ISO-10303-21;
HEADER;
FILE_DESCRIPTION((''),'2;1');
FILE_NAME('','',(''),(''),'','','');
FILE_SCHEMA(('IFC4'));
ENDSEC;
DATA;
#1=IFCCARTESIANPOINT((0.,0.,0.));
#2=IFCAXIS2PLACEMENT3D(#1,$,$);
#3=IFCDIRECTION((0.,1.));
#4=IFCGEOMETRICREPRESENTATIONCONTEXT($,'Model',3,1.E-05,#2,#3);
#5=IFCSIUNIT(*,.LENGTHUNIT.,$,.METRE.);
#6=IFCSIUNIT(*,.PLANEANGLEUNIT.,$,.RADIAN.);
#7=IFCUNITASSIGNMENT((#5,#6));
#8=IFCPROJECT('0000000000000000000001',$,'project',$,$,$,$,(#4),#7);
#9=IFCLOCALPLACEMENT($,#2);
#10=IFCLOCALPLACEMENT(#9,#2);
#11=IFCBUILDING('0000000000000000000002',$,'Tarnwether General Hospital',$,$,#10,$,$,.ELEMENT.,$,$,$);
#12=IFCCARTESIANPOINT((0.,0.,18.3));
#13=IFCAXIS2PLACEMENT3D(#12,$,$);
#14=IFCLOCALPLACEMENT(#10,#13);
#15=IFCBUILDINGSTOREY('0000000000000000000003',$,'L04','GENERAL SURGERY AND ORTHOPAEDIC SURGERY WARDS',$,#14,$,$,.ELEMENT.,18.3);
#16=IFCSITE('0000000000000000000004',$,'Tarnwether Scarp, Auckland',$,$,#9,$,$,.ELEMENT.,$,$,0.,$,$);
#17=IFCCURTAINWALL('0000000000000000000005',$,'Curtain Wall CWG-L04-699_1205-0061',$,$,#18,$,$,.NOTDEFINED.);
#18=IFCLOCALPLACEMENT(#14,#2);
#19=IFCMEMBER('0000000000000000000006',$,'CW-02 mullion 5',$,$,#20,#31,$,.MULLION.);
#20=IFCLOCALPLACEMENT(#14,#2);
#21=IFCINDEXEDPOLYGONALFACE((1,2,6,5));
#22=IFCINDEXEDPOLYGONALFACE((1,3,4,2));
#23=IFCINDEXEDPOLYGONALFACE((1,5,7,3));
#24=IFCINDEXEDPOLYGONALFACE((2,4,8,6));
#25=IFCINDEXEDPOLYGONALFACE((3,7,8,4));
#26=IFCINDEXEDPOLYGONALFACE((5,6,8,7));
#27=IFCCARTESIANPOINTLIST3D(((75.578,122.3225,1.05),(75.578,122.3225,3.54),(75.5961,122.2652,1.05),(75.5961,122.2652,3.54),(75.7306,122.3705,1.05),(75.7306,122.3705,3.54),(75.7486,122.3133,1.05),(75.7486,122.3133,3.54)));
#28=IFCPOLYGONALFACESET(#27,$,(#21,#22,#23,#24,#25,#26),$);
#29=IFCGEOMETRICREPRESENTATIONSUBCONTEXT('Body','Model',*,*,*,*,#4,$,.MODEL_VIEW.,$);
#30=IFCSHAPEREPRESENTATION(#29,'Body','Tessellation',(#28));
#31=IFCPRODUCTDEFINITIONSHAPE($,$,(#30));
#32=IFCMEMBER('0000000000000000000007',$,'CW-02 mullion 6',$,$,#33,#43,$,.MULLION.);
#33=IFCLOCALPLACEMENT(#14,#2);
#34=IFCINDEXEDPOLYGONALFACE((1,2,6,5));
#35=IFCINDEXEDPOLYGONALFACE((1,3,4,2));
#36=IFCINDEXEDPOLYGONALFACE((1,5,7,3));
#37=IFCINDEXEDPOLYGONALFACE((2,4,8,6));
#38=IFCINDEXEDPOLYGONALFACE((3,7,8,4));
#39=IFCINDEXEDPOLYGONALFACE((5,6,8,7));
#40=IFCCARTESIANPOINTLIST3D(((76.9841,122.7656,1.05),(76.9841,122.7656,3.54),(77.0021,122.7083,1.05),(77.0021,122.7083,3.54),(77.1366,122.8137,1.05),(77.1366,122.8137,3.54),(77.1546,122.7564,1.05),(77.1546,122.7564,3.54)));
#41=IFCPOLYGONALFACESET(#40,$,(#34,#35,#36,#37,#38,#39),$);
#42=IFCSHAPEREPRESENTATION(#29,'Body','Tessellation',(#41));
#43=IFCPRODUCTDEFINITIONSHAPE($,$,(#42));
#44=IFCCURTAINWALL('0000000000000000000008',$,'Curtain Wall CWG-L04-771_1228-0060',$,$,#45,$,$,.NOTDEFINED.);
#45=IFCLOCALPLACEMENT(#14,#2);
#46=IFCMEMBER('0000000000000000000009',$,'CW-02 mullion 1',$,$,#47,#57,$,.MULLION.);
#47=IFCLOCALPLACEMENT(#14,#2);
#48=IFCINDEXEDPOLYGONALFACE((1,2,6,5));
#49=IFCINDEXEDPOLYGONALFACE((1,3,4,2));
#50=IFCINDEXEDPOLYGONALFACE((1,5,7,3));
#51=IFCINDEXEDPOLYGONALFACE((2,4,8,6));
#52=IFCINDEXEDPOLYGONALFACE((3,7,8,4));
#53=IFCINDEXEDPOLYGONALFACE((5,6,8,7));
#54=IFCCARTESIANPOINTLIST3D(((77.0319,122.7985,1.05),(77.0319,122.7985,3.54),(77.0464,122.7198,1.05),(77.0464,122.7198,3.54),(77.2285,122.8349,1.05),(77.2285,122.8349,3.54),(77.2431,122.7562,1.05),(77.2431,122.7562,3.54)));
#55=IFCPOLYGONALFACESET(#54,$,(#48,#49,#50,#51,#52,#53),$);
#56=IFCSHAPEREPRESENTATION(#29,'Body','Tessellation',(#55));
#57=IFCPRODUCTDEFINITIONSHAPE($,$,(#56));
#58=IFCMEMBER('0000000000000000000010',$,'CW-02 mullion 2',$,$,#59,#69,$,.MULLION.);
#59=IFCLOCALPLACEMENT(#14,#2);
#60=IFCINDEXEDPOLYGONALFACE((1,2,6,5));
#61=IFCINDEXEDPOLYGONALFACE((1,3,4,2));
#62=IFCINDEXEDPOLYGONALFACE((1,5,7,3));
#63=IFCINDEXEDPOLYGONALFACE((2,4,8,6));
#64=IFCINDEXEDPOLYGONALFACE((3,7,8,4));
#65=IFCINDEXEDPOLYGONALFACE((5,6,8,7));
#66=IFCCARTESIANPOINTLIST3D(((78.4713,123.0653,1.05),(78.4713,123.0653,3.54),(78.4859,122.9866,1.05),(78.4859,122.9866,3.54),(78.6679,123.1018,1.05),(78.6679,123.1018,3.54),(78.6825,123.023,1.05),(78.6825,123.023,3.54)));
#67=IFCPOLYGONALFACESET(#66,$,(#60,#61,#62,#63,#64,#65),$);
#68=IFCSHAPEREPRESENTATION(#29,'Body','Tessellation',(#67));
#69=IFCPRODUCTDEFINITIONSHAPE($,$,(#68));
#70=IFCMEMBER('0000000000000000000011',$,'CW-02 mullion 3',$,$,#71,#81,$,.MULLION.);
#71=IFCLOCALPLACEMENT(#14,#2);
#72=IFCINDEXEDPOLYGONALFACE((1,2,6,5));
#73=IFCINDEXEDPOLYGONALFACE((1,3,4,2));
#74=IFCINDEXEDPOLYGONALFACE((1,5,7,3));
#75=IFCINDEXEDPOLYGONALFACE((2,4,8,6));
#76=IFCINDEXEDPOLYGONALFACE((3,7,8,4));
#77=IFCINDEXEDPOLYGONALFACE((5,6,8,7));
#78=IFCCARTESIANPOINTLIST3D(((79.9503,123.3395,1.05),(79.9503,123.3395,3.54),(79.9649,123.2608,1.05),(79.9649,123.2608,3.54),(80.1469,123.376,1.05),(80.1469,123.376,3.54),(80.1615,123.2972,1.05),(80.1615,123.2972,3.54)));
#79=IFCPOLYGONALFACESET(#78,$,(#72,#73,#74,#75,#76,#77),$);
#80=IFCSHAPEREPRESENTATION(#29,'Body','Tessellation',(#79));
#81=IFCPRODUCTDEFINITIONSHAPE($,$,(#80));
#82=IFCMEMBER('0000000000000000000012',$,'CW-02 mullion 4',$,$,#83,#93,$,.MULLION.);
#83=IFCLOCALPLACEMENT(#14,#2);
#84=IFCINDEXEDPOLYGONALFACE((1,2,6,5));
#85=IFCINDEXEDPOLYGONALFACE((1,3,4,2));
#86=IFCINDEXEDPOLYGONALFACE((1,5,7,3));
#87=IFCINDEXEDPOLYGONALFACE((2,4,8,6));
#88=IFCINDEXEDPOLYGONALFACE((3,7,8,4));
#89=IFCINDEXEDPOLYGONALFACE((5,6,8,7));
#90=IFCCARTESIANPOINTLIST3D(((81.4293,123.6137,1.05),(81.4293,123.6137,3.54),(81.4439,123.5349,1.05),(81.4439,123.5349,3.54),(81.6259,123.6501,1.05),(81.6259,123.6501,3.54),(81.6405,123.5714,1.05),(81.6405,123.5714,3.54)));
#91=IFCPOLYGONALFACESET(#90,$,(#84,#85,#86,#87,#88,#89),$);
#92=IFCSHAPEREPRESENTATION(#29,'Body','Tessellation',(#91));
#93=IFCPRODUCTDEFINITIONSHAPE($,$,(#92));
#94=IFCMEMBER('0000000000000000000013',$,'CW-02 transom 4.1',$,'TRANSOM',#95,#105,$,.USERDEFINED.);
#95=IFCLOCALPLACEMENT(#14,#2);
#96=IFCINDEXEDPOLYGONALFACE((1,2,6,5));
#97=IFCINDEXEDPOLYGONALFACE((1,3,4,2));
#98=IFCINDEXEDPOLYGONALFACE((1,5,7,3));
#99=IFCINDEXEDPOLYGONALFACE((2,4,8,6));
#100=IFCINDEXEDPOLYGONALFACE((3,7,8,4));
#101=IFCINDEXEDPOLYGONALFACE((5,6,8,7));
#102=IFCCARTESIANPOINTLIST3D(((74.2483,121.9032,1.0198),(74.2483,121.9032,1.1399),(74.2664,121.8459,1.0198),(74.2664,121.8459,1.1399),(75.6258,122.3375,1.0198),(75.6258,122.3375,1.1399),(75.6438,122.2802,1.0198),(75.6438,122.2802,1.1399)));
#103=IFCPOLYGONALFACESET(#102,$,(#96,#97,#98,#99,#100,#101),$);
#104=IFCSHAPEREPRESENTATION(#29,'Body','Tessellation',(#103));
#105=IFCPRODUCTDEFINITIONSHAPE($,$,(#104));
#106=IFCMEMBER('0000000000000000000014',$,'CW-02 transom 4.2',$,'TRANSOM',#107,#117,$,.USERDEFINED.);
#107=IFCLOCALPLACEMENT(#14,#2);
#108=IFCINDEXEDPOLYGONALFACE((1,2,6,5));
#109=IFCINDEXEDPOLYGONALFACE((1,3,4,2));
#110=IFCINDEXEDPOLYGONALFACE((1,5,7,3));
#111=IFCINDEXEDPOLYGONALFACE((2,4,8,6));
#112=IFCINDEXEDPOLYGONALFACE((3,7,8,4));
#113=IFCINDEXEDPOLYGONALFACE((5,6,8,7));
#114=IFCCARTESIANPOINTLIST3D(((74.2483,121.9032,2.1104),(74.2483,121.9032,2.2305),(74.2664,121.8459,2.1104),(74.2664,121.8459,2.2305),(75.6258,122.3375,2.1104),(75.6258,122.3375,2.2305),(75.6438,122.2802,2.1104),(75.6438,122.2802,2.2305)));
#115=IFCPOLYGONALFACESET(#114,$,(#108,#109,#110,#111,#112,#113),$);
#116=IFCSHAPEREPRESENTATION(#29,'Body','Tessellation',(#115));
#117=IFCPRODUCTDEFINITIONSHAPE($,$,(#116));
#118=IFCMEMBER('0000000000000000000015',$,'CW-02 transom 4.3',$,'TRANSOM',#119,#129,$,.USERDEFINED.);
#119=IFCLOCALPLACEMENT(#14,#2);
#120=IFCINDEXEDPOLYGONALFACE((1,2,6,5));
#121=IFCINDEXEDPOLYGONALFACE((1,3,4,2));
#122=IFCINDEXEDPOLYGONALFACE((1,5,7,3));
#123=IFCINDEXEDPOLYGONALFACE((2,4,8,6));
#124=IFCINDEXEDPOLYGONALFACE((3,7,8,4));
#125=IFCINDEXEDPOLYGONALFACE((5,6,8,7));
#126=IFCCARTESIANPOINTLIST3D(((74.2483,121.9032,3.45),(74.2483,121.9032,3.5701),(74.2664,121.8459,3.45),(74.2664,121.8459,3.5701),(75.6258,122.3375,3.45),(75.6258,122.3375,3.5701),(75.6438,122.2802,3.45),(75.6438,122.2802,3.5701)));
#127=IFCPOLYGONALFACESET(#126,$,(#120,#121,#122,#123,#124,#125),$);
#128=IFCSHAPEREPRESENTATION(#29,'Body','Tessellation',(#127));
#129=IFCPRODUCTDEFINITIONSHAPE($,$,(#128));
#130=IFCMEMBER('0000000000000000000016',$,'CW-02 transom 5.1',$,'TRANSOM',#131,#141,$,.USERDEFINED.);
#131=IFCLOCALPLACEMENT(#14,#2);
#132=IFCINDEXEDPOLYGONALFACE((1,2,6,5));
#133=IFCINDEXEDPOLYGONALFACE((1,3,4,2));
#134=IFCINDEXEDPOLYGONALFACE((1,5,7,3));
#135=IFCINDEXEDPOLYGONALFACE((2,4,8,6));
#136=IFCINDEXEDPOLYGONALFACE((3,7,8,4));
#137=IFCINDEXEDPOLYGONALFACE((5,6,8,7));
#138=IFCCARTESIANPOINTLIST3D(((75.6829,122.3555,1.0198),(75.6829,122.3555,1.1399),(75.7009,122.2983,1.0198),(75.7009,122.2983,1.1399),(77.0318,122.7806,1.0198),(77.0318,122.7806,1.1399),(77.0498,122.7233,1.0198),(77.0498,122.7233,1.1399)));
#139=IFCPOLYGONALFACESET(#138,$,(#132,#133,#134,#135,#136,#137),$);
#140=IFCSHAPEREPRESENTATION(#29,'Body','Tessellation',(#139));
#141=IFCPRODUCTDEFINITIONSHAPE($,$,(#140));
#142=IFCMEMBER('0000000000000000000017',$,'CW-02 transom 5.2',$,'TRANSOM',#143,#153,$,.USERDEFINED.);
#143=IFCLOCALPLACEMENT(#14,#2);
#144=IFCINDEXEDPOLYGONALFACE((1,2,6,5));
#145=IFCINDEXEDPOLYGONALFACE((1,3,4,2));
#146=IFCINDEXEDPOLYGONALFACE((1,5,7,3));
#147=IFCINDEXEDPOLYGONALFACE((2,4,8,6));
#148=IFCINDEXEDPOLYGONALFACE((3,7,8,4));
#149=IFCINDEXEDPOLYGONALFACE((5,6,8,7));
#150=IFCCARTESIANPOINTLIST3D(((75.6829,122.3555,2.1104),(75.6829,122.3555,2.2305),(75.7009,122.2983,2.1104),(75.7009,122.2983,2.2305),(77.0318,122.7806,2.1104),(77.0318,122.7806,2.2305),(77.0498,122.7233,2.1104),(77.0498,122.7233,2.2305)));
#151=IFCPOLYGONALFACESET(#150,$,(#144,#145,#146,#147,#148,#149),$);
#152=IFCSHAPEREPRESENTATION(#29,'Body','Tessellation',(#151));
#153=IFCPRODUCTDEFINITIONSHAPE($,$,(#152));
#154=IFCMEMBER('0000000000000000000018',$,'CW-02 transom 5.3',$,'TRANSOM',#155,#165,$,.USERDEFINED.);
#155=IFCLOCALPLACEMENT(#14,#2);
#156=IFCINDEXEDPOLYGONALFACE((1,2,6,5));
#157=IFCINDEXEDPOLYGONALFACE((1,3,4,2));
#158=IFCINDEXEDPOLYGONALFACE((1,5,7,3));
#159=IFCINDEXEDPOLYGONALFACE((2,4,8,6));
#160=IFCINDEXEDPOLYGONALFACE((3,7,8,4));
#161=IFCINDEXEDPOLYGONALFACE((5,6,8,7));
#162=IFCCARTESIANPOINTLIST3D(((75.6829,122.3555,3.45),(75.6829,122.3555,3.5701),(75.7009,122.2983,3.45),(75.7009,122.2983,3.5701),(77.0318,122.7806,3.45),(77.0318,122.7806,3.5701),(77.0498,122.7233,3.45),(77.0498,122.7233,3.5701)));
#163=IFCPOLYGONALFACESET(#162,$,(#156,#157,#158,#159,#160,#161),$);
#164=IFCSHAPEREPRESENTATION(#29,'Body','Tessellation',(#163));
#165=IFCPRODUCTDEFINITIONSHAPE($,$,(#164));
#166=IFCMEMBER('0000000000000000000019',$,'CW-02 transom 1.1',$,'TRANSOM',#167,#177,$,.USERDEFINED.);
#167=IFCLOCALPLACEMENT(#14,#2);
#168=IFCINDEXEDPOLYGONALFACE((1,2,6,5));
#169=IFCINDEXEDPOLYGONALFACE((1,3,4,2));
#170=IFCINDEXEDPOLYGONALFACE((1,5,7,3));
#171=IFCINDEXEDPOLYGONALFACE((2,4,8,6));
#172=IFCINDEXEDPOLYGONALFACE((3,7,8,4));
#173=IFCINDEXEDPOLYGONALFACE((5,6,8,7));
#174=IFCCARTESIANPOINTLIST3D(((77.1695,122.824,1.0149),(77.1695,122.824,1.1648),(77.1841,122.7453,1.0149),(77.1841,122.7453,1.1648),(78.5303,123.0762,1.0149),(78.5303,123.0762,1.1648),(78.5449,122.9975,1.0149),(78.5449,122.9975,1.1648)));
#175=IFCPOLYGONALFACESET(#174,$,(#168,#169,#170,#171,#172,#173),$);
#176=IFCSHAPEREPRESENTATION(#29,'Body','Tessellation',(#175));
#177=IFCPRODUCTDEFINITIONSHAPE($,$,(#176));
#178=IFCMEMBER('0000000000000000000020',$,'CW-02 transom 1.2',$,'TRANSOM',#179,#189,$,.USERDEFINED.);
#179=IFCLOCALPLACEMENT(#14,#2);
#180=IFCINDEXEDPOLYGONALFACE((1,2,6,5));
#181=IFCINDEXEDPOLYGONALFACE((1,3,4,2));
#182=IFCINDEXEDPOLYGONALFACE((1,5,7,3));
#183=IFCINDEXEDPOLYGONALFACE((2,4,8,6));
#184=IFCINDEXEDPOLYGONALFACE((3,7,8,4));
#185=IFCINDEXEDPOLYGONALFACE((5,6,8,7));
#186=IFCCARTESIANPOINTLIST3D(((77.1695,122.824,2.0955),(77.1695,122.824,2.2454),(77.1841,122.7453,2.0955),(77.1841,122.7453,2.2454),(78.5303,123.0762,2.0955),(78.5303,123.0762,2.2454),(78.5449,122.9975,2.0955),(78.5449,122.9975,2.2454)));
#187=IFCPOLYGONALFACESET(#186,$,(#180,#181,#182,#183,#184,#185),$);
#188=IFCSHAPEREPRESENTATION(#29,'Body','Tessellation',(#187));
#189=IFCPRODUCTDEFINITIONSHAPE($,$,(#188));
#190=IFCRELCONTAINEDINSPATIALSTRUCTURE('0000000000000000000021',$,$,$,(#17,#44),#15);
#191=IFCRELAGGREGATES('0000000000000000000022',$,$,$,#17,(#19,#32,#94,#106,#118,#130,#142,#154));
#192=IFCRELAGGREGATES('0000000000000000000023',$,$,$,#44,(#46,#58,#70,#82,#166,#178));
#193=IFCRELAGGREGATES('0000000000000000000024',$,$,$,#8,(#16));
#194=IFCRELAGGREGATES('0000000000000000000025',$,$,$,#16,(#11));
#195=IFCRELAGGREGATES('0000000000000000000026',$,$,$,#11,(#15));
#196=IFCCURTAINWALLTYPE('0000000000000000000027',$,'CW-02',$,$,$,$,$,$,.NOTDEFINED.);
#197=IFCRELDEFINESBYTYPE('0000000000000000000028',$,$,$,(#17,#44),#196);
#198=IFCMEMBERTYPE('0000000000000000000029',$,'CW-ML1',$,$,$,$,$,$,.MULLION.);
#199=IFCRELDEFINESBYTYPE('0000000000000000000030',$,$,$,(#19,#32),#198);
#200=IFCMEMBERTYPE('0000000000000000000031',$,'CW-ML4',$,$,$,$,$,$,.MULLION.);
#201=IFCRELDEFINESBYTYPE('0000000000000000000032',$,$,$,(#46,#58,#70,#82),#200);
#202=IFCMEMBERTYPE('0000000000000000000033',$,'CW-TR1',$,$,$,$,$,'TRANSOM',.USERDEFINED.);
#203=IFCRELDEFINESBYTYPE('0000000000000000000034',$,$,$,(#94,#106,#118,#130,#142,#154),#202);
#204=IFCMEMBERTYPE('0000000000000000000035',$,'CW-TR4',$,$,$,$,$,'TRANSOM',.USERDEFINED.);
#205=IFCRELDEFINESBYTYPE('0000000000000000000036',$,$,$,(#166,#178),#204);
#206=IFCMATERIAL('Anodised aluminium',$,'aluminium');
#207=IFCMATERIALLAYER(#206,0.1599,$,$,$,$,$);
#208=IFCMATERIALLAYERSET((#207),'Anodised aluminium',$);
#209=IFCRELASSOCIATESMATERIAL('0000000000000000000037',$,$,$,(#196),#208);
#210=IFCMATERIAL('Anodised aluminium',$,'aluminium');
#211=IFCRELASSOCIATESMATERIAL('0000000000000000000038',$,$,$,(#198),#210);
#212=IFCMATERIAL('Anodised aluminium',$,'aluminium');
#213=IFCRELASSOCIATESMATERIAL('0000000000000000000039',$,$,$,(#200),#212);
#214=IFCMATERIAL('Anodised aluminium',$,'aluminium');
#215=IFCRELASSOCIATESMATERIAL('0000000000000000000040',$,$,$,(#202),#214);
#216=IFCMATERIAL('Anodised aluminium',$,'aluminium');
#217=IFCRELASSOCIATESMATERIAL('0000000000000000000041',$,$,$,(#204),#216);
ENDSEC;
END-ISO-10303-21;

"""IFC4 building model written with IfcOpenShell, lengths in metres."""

from ifc_helpers import new_model, si_unit, direction, frame, origin, origin_2d, place, context, subcontext, project, spatial, rectangle, extrude, material, layer, layer_set, material_profile, profile_set, type_object, element, aggregate, save


model = new_model("IFC4")

# Units and contexts
model_context = context("Model", 3, precision=1e-05, world=origin(), true_north=direction((0.0, 1.0)))
body_context = subcontext(model_context, "Body", "Model", "MODEL_VIEW")
ifc_project = project(units=[si_unit("LENGTHUNIT", "METRE"), si_unit("PLANEANGLEUNIT", "RADIAN")], contexts=[model_context])

# Site, building, storey
site_placement = place(None, origin())
site = spatial("IfcSite", under=ifc_project, at=site_placement, Name="Tarnwether Scarp, Auckland", CompositionType="ELEMENT", RefElevation=0.0)
building_placement = place(site_placement, origin())
building = spatial("IfcBuilding", under=site, at=building_placement, Name="Tarnwether General Hospital", CompositionType="ELEMENT")
storey_placement = place(building_placement, frame((0.0, 0.0, 18.3)))
storey = spatial("IfcBuildingStorey", under=building, at=storey_placement, Name="L04", Description="GENERAL SURGERY AND ORTHOPAEDIC SURGERY WARDS", CompositionType="ELEMENT", Elevation=18.3)

# Curtain walls, members
ifc_material_1 = material(Name="Anodised aluminium", Category="aluminium")
ifc_layer_1 = layer(ifc_material_1, 0.1599)
ifc_layer_set_1 = layer_set([ifc_layer_1], Name="Anodised aluminium")
curtain_wall_type = type_object("IfcCurtainWallType", Name="CW-02", PredefinedType="NOTDEFINED", material=ifc_layer_set_1)
curtain_wall_1_placement = place(storey_placement, origin())
curtain_wall_1 = element("IfcCurtainWall", 1, at=curtain_wall_1_placement, inside=storey, type_object=curtain_wall_type, Name="Curtain Wall CWG-L04-699_1205-0061", PredefinedType="NOTDEFINED")
ifc_material_2 = material(Name="Anodised aluminium", Category="aluminium")
ifc_material_profile_1 = material_profile(ifc_material_2, rectangle(XDim=0.0601, YDim=0.1599, at=origin_2d()), Name="ALU-MUL-60x160")
ifc_profile_set_1 = profile_set([ifc_material_profile_1], Name="Anodised aluminium")
member_type_1 = type_object("IfcMemberType", Name="CW-ML1", PredefinedType="MULLION", material=ifc_profile_set_1)
member_1_placement = place(storey_placement, frame((75.6633, 122.3179, 1.05), z_axis=(0.0, 0.0, 1.0), x_axis=(-0.300629, 0.953741, 0.0)))
member_1 = element("IfcMember", 2, at=member_1_placement, type_object=member_type_1, Name="CW-02 mullion 5", PredefinedType="MULLION", context=body_context, shape_type="SweptSolid", body=[
    extrude(rectangle(XDim=0.0601, YDim=0.1599, at=origin_2d()), origin(), (0.0, 0.0, 1.0), 2.49),
])
member_2_placement = place(storey_placement, frame((77.0693, 122.761, 1.05), z_axis=(0.0, 0.0, 1.0), x_axis=(-0.300629, 0.953741, 0.0)))
member_2 = element("IfcMember", 3, at=member_2_placement, type_object=member_type_1, Name="CW-02 mullion 6", PredefinedType="MULLION", context=body_context, shape_type="SweptSolid", body=[
    extrude(rectangle(XDim=0.0601, YDim=0.1599, at=origin_2d()), origin(), (0.0, 0.0, 1.0), 2.49),
])
curtain_wall_2_placement = place(storey_placement, origin())
curtain_wall_2 = element("IfcCurtainWall", 4, at=curtain_wall_2_placement, inside=storey, type_object=curtain_wall_type, Name="Curtain Wall CWG-L04-771_1228-0060", PredefinedType="NOTDEFINED")
ifc_material_3 = material(Name="Anodised aluminium", Category="aluminium")
ifc_material_profile_2 = material_profile(ifc_material_3, rectangle(XDim=0.0801, YDim=0.2, at=origin_2d()), Name="ALU-MUL-80x200")
ifc_profile_set_2 = profile_set([ifc_material_profile_2], Name="Anodised aluminium")
member_type_2 = type_object("IfcMemberType", Name="CW-ML4", PredefinedType="MULLION", material=ifc_profile_set_2)
member_3_placement = place(storey_placement, frame((77.1375, 122.7773, 1.05), z_axis=(0.0, 0.0, 1.0), x_axis=(-0.182289, 0.983245, 0.0)))
member_3 = element("IfcMember", 5, at=member_3_placement, type_object=member_type_2, Name="CW-02 mullion 1", PredefinedType="MULLION", context=body_context, shape_type="SweptSolid", body=[
    extrude(rectangle(XDim=0.0801, YDim=0.2, at=origin_2d()), origin(), (0.0, 0.0, 1.0), 2.49),
])
member_4_placement = place(storey_placement, frame((78.5769, 123.0442, 1.05), z_axis=(0.0, 0.0, 1.0), x_axis=(-0.182289, 0.983245, 0.0)))
member_4 = element("IfcMember", 6, at=member_4_placement, type_object=member_type_2, Name="CW-02 mullion 2", PredefinedType="MULLION", context=body_context, shape_type="SweptSolid", body=[
    extrude(rectangle(XDim=0.0801, YDim=0.2, at=origin_2d()), origin(), (0.0, 0.0, 1.0), 2.49),
])
member_5_placement = place(storey_placement, frame((80.0559, 123.3184, 1.05), z_axis=(0.0, 0.0, 1.0), x_axis=(-0.182289, 0.983245, 0.0)))
member_5 = element("IfcMember", 7, at=member_5_placement, type_object=member_type_2, Name="CW-02 mullion 3", PredefinedType="MULLION", context=body_context, shape_type="SweptSolid", body=[
    extrude(rectangle(XDim=0.0801, YDim=0.2, at=origin_2d()), origin(), (0.0, 0.0, 1.0), 2.49),
])
member_6_placement = place(storey_placement, frame((81.5349, 123.5925, 1.05), z_axis=(0.0, 0.0, 1.0), x_axis=(-0.182289, 0.983245, 0.0)))
member_6 = element("IfcMember", 8, at=member_6_placement, type_object=member_type_2, Name="CW-02 mullion 4", PredefinedType="MULLION", context=body_context, shape_type="SweptSolid", body=[
    extrude(rectangle(XDim=0.0801, YDim=0.2, at=origin_2d()), origin(), (0.0, 0.0, 1.0), 2.49),
])

# Members
ifc_material_4 = material(Name="Anodised aluminium", Category="aluminium")
ifc_material_profile_3 = material_profile(ifc_material_4, rectangle(XDim=0.0601, YDim=0.1201, at=origin_2d()), Name="ALU-TRN-60x120")
ifc_profile_set_3 = profile_set([ifc_material_profile_3], Name="Anodised aluminium")
member_type_3 = type_object("IfcMemberType", Name="CW-TR1", ElementType="TRANSOM", PredefinedType="USERDEFINED", material=ifc_profile_set_3)
member_7_placement = place(storey_placement, frame((74.2573, 121.8745, 1.0798), z_axis=(0.953713, 0.300719, 0.0), x_axis=(-0.300719, 0.953713, 0.0)))
member_7 = element("IfcMember", 9, at=member_7_placement, type_object=member_type_3, Name="CW-02 transom 4.1", ObjectType="TRANSOM", PredefinedType="USERDEFINED", context=body_context, shape_type="SweptSolid", body=[
    extrude(rectangle(XDim=0.0601, YDim=0.1201, at=origin_2d()), origin(), (0.0, 0.0, 1.0), 1.4443),
])
member_8_placement = place(storey_placement, frame((74.2573, 121.8745, 2.1704), z_axis=(0.953713, 0.300719, 0.0), x_axis=(-0.300719, 0.953713, 0.0)))
member_8 = element("IfcMember", 10, at=member_8_placement, type_object=member_type_3, Name="CW-02 transom 4.2", ObjectType="TRANSOM", PredefinedType="USERDEFINED", context=body_context, shape_type="SweptSolid", body=[
    extrude(rectangle(XDim=0.0601, YDim=0.1201, at=origin_2d()), origin(), (0.0, 0.0, 1.0), 1.4443),
])
member_9_placement = place(storey_placement, frame((74.2573, 121.8745, 3.51), z_axis=(0.953713, 0.300719, 0.0), x_axis=(-0.300719, 0.953713, 0.0)))
member_9 = element("IfcMember", 11, at=member_9_placement, type_object=member_type_3, Name="CW-02 transom 4.3", ObjectType="TRANSOM", PredefinedType="USERDEFINED", context=body_context, shape_type="SweptSolid", body=[
    extrude(rectangle(XDim=0.0601, YDim=0.1201, at=origin_2d()), origin(), (0.0, 0.0, 1.0), 1.4443),
])
member_10_placement = place(storey_placement, frame((75.6919, 122.3269, 1.0798), z_axis=(0.953768, 0.300545, 0.0), x_axis=(-0.300545, 0.953768, 0.0)))
member_10 = element("IfcMember", 12, at=member_10_placement, type_object=member_type_3, Name="CW-02 transom 5.1", ObjectType="TRANSOM", PredefinedType="USERDEFINED", context=body_context, shape_type="SweptSolid", body=[
    extrude(rectangle(XDim=0.0601, YDim=0.1201, at=origin_2d()), origin(), (0.0, 0.0, 1.0), 1.4143),
])
member_11_placement = place(storey_placement, frame((75.6919, 122.3269, 2.1704), z_axis=(0.953768, 0.300545, 0.0), x_axis=(-0.300545, 0.953768, 0.0)))
member_11 = element("IfcMember", 13, at=member_11_placement, type_object=member_type_3, Name="CW-02 transom 5.2", ObjectType="TRANSOM", PredefinedType="USERDEFINED", context=body_context, shape_type="SweptSolid", body=[
    extrude(rectangle(XDim=0.0601, YDim=0.1201, at=origin_2d()), origin(), (0.0, 0.0, 1.0), 1.4143),
])
member_12_placement = place(storey_placement, frame((75.6919, 122.3269, 3.51), z_axis=(0.953768, 0.300545, 0.0), x_axis=(-0.300545, 0.953768, 0.0)))
member_12 = element("IfcMember", 14, at=member_12_placement, type_object=member_type_3, Name="CW-02 transom 5.3", ObjectType="TRANSOM", PredefinedType="USERDEFINED", context=body_context, shape_type="SweptSolid", body=[
    extrude(rectangle(XDim=0.0601, YDim=0.1201, at=origin_2d()), origin(), (0.0, 0.0, 1.0), 1.4143),
])
ifc_material_5 = material(Name="Anodised aluminium", Category="aluminium")
ifc_material_profile_4 = material_profile(ifc_material_5, rectangle(XDim=0.0801, YDim=0.1499, at=origin_2d()), Name="ALU-TRN-80x150")
ifc_profile_set_4 = profile_set([ifc_material_profile_4], Name="Anodised aluminium")
member_type_4 = type_object("IfcMemberType", Name="CW-TR4", ElementType="TRANSOM", PredefinedType="USERDEFINED", material=ifc_profile_set_4)
member_13_placement = place(storey_placement, frame((77.1768, 122.7847, 1.0898), z_axis=(0.983257, 0.182222, 0.0), x_axis=(-0.182222, 0.983257, 0.0)))
member_13 = element("IfcMember", 15, at=member_13_placement, type_object=member_type_4, Name="CW-02 transom 1.1", ObjectType="TRANSOM", PredefinedType="USERDEFINED", context=body_context, shape_type="SweptSolid", body=[
    extrude(rectangle(XDim=0.0801, YDim=0.1499, at=origin_2d()), origin(), (0.0, 0.0, 1.0), 1.384),
])
member_14_placement = place(storey_placement, frame((77.1768, 122.7847, 2.1704), z_axis=(0.983257, 0.182222, 0.0), x_axis=(-0.182222, 0.983257, 0.0)))
member_14 = element("IfcMember", 16, at=member_14_placement, type_object=member_type_4, Name="CW-02 transom 1.2", ObjectType="TRANSOM", PredefinedType="USERDEFINED", context=body_context, shape_type="SweptSolid", body=[
    extrude(rectangle(XDim=0.0801, YDim=0.1499, at=origin_2d()), origin(), (0.0, 0.0, 1.0), 1.384),
])

aggregate(curtain_wall_1, [member_1, member_2, member_7, member_8, member_9, member_10, member_11, member_12])
aggregate(curtain_wall_2, [member_3, member_4, member_5, member_6, member_13, member_14])

save(model, "model.ifc")
